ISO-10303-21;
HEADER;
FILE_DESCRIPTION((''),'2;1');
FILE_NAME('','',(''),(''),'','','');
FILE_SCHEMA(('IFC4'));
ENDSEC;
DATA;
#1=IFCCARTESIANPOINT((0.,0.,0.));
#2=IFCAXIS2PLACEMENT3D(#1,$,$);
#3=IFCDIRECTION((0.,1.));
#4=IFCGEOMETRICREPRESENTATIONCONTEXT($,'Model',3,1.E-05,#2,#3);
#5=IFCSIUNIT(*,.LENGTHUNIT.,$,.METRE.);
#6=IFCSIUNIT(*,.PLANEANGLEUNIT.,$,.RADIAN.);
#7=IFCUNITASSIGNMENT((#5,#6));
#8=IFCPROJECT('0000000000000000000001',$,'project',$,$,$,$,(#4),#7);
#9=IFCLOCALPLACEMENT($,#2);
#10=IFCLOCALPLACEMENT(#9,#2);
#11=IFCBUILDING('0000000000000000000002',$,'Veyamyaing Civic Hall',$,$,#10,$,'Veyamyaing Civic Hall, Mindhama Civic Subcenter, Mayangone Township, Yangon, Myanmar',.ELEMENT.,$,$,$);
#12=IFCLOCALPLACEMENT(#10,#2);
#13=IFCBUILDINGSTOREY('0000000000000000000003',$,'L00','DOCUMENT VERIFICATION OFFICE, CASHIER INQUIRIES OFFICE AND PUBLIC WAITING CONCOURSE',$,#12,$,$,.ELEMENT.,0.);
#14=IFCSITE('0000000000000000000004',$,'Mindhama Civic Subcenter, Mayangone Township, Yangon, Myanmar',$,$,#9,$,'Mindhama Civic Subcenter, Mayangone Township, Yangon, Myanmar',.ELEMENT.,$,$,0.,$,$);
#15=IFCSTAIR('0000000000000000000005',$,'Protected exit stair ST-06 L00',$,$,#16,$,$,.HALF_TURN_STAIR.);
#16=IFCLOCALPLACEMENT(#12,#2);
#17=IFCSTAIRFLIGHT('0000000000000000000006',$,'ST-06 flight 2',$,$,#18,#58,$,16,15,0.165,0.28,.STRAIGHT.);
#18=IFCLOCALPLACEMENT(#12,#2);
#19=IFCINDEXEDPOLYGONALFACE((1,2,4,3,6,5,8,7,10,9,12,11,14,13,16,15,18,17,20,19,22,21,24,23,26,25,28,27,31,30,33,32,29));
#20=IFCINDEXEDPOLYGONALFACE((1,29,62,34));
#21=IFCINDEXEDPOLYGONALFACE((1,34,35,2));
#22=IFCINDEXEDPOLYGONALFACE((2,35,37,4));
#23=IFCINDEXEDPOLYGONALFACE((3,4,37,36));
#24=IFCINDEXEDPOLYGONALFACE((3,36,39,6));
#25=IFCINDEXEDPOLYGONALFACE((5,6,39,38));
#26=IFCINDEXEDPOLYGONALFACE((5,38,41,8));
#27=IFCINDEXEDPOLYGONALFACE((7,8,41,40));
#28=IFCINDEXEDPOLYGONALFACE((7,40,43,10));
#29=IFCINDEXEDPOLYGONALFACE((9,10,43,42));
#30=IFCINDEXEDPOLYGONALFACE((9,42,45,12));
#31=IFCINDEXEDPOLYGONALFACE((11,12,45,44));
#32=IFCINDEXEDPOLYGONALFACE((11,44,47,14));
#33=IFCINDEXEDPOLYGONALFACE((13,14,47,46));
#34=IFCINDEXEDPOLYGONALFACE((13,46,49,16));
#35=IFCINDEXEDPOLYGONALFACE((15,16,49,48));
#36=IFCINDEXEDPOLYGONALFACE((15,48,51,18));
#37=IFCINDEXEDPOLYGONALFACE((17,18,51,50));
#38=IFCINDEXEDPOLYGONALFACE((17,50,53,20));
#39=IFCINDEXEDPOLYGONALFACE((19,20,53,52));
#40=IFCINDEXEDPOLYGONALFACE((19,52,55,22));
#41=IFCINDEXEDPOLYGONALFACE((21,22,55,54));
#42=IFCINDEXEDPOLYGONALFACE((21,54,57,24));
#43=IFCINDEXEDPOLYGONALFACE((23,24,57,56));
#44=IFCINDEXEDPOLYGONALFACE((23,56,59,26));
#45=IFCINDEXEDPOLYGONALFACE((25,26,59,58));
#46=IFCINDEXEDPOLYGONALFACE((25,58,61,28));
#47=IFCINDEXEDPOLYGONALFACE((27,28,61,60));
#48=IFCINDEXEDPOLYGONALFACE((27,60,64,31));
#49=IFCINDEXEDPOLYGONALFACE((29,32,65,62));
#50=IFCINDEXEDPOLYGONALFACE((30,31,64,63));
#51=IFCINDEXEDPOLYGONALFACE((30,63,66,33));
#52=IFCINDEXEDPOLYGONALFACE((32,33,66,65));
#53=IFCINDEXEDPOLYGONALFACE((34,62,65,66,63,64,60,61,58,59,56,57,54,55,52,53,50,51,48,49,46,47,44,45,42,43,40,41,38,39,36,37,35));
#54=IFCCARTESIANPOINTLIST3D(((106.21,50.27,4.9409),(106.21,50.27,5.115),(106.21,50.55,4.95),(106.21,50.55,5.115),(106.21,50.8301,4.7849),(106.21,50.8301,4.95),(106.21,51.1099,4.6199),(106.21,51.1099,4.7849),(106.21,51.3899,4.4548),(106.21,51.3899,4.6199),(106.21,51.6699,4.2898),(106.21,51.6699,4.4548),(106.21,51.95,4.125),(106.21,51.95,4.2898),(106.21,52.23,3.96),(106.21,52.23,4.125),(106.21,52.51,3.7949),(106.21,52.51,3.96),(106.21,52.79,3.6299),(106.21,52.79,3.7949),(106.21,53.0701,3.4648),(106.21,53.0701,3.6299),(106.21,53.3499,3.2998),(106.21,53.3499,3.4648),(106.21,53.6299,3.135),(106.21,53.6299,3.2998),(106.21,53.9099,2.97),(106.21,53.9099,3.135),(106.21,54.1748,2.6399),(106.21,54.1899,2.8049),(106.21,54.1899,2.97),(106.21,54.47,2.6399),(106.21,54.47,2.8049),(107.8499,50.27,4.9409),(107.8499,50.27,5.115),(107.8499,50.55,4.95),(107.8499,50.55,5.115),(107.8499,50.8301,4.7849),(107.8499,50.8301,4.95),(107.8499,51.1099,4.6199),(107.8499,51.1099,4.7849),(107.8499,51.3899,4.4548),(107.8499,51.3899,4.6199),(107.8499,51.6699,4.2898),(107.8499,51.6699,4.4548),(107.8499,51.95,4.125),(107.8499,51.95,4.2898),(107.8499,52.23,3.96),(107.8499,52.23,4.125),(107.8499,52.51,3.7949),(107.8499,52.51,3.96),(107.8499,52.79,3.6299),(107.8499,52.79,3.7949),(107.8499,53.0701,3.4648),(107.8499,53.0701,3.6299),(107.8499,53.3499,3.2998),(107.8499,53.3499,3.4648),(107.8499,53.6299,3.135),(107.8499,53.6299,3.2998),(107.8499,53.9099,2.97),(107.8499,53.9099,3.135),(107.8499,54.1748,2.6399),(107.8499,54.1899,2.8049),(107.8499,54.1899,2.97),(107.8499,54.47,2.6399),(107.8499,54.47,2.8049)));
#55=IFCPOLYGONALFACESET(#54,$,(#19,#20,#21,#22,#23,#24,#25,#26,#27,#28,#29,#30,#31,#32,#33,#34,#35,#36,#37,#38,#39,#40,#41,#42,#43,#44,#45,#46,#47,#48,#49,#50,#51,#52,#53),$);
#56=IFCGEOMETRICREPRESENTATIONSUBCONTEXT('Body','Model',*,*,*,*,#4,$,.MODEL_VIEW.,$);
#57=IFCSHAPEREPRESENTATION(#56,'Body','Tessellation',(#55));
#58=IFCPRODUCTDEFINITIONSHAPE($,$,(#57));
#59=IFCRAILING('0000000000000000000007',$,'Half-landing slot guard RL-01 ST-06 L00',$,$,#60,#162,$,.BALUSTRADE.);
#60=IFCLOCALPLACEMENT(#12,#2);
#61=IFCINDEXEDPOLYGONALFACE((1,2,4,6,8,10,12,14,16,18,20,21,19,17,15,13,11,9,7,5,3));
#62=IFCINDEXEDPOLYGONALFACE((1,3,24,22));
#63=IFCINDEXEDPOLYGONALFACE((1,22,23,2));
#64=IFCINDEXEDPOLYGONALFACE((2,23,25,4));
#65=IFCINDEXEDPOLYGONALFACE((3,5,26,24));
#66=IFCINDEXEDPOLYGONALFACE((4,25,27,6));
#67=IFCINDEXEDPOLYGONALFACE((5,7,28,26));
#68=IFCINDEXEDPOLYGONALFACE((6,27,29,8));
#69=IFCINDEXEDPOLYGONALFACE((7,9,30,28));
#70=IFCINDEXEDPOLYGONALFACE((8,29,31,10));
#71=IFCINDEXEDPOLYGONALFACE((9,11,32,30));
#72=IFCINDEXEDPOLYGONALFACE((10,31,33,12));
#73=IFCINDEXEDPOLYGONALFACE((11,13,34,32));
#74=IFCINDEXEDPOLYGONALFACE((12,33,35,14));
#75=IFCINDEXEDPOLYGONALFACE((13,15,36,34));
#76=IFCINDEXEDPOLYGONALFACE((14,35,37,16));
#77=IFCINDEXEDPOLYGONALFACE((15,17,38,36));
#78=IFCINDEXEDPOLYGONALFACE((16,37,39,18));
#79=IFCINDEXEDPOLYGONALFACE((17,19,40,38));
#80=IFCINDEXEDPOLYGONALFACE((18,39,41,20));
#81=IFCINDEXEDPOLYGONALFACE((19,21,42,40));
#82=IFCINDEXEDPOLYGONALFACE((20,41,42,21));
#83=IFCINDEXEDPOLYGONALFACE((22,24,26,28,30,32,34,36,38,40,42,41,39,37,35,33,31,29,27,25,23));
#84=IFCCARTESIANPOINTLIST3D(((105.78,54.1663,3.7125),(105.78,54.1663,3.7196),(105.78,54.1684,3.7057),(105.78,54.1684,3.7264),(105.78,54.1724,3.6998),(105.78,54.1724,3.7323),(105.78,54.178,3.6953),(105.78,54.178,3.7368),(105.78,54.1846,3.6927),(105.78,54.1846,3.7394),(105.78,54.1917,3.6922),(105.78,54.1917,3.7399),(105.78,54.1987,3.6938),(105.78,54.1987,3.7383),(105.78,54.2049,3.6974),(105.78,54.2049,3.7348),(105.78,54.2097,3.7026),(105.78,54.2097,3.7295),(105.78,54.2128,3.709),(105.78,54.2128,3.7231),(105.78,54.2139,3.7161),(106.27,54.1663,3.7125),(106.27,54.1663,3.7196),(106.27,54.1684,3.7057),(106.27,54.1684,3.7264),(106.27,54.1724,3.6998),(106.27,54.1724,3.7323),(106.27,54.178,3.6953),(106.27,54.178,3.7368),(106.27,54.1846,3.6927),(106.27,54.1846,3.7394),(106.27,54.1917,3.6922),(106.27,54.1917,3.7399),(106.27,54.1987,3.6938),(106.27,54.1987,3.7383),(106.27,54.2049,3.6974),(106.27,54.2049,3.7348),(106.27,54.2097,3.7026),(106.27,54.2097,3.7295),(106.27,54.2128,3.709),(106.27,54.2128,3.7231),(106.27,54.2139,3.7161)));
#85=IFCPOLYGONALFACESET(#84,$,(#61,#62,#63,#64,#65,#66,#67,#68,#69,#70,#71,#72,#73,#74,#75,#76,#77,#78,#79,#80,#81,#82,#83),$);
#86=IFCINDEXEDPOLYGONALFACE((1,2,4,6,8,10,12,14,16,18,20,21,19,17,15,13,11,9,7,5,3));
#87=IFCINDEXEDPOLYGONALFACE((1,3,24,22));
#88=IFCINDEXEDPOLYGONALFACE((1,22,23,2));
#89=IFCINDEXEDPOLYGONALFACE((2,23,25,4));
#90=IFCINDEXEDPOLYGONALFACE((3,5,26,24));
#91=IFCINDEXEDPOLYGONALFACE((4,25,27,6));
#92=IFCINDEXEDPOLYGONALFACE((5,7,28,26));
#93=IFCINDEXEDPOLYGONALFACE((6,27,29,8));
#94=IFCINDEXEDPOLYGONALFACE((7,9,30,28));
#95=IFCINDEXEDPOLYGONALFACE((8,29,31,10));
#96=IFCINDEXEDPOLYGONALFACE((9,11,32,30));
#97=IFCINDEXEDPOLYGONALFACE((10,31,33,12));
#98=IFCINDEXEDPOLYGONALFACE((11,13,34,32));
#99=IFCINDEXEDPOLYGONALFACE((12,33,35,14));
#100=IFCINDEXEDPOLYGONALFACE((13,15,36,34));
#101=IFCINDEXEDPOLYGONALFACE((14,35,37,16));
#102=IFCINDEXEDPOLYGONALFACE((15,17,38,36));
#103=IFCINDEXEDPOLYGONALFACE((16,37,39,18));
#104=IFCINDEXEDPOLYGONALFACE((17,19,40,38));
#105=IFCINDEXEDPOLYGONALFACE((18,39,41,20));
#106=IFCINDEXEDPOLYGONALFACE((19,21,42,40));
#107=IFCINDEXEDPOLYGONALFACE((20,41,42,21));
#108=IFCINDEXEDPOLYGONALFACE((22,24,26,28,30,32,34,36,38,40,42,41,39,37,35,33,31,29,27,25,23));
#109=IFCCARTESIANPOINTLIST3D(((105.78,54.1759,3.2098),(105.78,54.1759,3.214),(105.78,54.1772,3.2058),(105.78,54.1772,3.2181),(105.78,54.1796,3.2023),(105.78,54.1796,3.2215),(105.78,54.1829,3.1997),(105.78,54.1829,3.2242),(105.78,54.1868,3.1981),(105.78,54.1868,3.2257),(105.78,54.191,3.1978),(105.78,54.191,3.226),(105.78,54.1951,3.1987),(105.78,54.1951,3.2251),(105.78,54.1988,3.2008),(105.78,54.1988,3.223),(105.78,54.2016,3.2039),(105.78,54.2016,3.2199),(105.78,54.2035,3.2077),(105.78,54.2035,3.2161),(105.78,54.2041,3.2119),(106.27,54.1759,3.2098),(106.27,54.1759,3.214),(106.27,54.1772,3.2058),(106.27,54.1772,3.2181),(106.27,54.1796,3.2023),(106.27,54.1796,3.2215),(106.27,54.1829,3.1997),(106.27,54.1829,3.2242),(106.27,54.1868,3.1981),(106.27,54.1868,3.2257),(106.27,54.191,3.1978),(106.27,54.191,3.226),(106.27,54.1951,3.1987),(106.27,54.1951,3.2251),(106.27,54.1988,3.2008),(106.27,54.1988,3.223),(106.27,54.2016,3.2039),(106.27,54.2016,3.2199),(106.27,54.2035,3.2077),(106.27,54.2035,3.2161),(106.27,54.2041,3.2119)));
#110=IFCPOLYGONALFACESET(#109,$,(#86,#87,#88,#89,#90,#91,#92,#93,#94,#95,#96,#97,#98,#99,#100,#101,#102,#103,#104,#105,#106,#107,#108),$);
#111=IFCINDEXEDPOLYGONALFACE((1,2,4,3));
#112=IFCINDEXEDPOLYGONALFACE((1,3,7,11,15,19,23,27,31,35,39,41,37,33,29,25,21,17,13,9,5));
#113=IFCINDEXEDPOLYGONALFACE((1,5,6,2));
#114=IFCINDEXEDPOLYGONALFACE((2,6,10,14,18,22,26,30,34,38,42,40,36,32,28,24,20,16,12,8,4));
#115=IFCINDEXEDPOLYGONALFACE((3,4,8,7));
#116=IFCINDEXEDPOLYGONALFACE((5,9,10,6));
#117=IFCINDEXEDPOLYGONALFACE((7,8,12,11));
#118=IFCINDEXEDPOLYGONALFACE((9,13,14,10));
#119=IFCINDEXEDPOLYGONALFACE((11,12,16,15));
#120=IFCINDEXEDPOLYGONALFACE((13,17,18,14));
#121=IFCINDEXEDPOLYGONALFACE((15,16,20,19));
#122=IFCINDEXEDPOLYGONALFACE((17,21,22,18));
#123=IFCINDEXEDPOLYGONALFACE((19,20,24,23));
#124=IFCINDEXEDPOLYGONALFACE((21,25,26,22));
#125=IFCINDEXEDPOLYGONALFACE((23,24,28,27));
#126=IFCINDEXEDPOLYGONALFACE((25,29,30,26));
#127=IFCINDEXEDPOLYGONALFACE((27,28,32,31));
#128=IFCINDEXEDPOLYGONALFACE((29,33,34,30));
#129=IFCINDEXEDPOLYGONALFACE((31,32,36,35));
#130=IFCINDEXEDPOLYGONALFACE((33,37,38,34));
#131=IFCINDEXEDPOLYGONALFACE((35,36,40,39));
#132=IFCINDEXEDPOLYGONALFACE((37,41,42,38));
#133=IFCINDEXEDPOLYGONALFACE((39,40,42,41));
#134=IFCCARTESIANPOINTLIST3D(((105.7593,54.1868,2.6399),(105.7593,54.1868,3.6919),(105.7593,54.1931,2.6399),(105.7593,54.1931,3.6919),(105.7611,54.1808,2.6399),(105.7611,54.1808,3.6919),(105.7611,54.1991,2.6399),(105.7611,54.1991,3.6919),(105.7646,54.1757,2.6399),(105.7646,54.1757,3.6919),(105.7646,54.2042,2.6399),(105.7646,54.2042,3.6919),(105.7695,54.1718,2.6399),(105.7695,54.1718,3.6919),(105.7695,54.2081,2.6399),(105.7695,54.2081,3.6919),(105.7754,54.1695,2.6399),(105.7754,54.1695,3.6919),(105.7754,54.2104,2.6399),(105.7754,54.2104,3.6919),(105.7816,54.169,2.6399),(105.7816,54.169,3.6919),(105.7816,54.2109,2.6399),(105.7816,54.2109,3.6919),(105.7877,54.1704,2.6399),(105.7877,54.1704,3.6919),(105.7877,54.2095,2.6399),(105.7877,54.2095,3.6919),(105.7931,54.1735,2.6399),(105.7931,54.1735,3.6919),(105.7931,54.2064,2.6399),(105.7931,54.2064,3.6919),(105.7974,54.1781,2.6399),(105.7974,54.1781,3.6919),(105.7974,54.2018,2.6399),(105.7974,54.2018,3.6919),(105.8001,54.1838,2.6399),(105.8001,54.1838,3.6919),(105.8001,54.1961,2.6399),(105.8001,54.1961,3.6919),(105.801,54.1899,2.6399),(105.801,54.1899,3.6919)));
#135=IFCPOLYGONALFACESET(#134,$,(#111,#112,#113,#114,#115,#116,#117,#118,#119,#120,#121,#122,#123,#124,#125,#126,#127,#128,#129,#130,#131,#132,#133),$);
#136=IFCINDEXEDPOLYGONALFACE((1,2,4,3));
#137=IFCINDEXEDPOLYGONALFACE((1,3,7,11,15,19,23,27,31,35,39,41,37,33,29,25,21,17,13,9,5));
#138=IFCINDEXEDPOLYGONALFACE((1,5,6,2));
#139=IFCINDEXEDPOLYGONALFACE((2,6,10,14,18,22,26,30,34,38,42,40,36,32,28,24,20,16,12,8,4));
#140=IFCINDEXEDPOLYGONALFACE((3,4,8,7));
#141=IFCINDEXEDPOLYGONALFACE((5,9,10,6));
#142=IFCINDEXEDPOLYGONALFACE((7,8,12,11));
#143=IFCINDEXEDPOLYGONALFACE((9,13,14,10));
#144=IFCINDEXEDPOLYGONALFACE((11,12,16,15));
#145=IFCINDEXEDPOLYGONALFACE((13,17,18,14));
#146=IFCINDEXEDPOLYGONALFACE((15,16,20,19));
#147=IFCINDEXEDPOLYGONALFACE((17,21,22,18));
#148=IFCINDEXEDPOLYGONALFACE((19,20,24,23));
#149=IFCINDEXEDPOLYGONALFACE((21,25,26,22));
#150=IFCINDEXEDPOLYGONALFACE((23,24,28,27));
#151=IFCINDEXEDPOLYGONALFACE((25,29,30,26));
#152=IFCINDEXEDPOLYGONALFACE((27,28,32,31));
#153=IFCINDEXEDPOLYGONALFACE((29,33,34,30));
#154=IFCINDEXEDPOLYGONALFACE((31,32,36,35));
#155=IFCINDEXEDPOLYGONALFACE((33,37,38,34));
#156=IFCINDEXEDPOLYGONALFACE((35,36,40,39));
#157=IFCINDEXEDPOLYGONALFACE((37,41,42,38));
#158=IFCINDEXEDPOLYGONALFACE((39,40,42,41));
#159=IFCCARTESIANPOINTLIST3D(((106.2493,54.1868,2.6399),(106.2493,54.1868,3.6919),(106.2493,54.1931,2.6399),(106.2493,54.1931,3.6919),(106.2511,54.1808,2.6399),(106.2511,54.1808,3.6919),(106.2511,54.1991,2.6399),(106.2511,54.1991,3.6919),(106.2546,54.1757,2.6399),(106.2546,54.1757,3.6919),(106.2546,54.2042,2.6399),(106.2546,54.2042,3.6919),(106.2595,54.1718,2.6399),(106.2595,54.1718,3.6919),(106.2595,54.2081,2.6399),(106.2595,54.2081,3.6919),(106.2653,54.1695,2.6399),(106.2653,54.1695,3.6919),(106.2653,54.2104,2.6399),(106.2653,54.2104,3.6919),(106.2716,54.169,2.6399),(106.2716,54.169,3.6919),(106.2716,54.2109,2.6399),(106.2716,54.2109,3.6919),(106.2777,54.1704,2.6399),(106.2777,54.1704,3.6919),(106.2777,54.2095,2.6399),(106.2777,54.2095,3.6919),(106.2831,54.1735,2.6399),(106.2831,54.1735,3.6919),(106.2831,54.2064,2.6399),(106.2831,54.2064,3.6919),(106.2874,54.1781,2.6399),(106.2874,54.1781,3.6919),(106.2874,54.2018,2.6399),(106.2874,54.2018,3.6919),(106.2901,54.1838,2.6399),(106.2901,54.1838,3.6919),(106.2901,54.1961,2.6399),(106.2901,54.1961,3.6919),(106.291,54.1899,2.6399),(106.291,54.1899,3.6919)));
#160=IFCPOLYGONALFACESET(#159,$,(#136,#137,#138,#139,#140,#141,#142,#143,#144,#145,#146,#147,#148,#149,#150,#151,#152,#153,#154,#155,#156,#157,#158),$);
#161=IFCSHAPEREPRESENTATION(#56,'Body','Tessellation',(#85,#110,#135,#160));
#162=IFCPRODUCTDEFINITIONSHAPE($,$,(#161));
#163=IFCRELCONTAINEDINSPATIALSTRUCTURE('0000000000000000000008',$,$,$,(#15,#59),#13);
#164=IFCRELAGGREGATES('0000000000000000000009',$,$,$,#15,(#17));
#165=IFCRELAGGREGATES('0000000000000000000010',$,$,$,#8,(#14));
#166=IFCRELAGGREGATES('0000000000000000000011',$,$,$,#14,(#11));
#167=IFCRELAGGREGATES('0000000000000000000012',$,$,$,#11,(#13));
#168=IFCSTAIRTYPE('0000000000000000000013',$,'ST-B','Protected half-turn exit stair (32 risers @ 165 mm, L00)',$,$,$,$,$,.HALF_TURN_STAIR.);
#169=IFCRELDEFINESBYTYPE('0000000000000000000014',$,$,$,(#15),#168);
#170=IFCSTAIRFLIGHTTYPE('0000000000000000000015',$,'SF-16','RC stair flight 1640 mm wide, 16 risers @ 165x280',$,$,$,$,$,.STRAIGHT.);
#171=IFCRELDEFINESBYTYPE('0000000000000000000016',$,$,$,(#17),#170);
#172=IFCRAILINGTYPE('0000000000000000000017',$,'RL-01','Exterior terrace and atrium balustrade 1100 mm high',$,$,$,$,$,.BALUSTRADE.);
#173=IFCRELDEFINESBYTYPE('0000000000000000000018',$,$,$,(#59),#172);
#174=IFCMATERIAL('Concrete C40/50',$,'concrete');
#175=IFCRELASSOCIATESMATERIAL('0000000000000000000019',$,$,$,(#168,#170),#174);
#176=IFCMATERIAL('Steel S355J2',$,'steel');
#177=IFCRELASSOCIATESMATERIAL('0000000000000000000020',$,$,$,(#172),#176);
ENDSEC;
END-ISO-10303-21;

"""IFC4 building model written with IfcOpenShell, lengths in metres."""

from ifc_helpers import new_model, si_unit, direction, frame, origin, origin_2d, place, context, subcontext, project, spatial, polyline, circle, outline, extrude, material, type_object, element, aggregate, save


model = new_model("IFC4")

# Units and contexts
model_context = context("Model", 3, precision=1e-05, world=origin(), true_north=direction((0.0, 1.0)))
body_context = subcontext(model_context, "Body", "Model", "MODEL_VIEW")
ifc_project = project(units=[si_unit("LENGTHUNIT", "METRE"), si_unit("PLANEANGLEUNIT", "RADIAN")], contexts=[model_context])

# Site, building, storey
site_placement = place(None, origin())
site = spatial("IfcSite", under=ifc_project, at=site_placement, Name="Mindhama Civic Subcenter, Mayangone Township, Yangon, Myanmar", LongName="Mindhama Civic Subcenter, Mayangone Township, Yangon, Myanmar", CompositionType="ELEMENT", RefElevation=0.0)
building_placement = place(site_placement, origin())
building = spatial("IfcBuilding", under=site, at=building_placement, Name="Veyamyaing Civic Hall", LongName="Veyamyaing Civic Hall, Mindhama Civic Subcenter, Mayangone Township, Yangon, Myanmar", CompositionType="ELEMENT")
storey_placement = place(building_placement, origin())
storey = spatial("IfcBuildingStorey", under=building, at=storey_placement, Name="L00", Description="DOCUMENT VERIFICATION OFFICE, CASHIER INQUIRIES OFFICE AND PUBLIC WAITING CONCOURSE", CompositionType="ELEMENT", Elevation=0.0)

# Shared definitions
ifc_material_1 = material(Name="Concrete C40/50", Category="concrete")

# Stair, stair flight
stair_type = type_object("IfcStairType", Name="ST-B", Description="Protected half-turn exit stair (32 risers @ 165 mm, L00)", PredefinedType="HALF_TURN_STAIR", material=ifc_material_1)
stair_placement = place(storey_placement, origin())
stair = element("IfcStair", 1, at=stair_placement, inside=storey, type_object=stair_type, Name="Protected exit stair ST-06 L00", PredefinedType="HALF_TURN_STAIR")
stair_flight_type = type_object("IfcStairFlightType", Name="SF-16", Description="RC stair flight 1640 mm wide, 16 risers @ 165x280", PredefinedType="STRAIGHT", material=ifc_material_1)
stair_flight_1_placement = place(storey_placement, frame((107.03, 54.47, 2.6399), z_axis=(0.0, 0.0, 1.0), x_axis=(0.0, -1.0, 0.0)))
stair_flight_1 = element("IfcStairFlight", 2, at=stair_flight_1_placement, type_object=stair_flight_type, Name="ST-06 flight 2", NumberOfRisers=16, NumberOfTreads=15, PredefinedType="STRAIGHT", RiserHeight=0.165, TreadLength=0.28, context=body_context, shape_type="SweptSolid", body=[
    extrude(outline(polyline([(0.0, 0.0), (0.0, 0.165), (0.28, 0.165), (0.28, 0.3301), (0.5601, 0.3301), (0.5601, 0.4951), (0.8401, 0.4951), (0.8401, 0.6599), (1.1201, 0.6599), (1.1201, 0.825), (1.3999, 0.825), (1.3999, 0.99), (1.6799, 0.99), (1.6799, 1.155), (1.96, 1.155), (1.96, 1.3201), (2.24, 1.3201), (2.24, 1.4851), (2.52, 1.4851), (2.52, 1.6499), (2.8, 1.6499), (2.8, 1.8149), (3.0801, 1.8149), (3.0801, 1.98), (3.3601, 1.98), (3.3601, 2.145), (3.6399, 2.145), (3.6399, 2.3101), (3.9199, 2.3101), (3.9199, 2.4751), (4.2, 2.4751), (4.2, 2.6399), (4.2, 2.301), (0.2952, 0.0), (0.0, 0.0)])), frame((0.0, 0.8198, 0.0), z_axis=(0.0, -1.0, 0.0), x_axis=(1.0, 0.0, 0.0)), (0.0, 0.0, 1.0), 1.6399),
])
aggregate(stair, [stair_flight_1])

# Railing
ifc_material_2 = material(Name="Steel S355J2", Category="steel")
railing_type_1 = type_object("IfcRailingType", Name="RL-01", Description="Exterior terrace and atrium balustrade 1100 mm high", PredefinedType="BALUSTRADE", material=ifc_material_2)
railing_1_placement = place(storey_placement, frame((105.78, 54.1899, 2.6399)))
element("IfcRailing", 3, at=railing_1_placement, inside=storey, type_object=railing_type_1, Name="Half-landing slot guard RL-01 ST-06 L00", PredefinedType="BALUSTRADE", context=body_context, shape_type="SweptSolid", body=[
    extrude(circle(Radius=0.0239, at=origin_2d()), frame((0.0, 0.0, 1.0762), z_axis=(1.0, 0.0, 0.0), x_axis=(0.0, 1.0, 0.0)), (0.0, 0.0, 1.0), 0.49),
    extrude(circle(Radius=0.0142, at=origin_2d()), frame((0.0, 0.0, 0.572), z_axis=(1.0, 0.0, 0.0), x_axis=(0.0, 1.0, 0.0)), (0.0, 0.0, 1.0), 0.49),
    extrude(circle(Radius=0.021, at=origin_2d()), origin(), (0.0, 0.0, 1.0), 1.052),
    extrude(circle(Radius=0.021, at=origin_2d()), frame((0.49, 0.0, 0.0)), (0.0, 0.0, 1.0), 1.052),
])

save(model, "model.ifc")
